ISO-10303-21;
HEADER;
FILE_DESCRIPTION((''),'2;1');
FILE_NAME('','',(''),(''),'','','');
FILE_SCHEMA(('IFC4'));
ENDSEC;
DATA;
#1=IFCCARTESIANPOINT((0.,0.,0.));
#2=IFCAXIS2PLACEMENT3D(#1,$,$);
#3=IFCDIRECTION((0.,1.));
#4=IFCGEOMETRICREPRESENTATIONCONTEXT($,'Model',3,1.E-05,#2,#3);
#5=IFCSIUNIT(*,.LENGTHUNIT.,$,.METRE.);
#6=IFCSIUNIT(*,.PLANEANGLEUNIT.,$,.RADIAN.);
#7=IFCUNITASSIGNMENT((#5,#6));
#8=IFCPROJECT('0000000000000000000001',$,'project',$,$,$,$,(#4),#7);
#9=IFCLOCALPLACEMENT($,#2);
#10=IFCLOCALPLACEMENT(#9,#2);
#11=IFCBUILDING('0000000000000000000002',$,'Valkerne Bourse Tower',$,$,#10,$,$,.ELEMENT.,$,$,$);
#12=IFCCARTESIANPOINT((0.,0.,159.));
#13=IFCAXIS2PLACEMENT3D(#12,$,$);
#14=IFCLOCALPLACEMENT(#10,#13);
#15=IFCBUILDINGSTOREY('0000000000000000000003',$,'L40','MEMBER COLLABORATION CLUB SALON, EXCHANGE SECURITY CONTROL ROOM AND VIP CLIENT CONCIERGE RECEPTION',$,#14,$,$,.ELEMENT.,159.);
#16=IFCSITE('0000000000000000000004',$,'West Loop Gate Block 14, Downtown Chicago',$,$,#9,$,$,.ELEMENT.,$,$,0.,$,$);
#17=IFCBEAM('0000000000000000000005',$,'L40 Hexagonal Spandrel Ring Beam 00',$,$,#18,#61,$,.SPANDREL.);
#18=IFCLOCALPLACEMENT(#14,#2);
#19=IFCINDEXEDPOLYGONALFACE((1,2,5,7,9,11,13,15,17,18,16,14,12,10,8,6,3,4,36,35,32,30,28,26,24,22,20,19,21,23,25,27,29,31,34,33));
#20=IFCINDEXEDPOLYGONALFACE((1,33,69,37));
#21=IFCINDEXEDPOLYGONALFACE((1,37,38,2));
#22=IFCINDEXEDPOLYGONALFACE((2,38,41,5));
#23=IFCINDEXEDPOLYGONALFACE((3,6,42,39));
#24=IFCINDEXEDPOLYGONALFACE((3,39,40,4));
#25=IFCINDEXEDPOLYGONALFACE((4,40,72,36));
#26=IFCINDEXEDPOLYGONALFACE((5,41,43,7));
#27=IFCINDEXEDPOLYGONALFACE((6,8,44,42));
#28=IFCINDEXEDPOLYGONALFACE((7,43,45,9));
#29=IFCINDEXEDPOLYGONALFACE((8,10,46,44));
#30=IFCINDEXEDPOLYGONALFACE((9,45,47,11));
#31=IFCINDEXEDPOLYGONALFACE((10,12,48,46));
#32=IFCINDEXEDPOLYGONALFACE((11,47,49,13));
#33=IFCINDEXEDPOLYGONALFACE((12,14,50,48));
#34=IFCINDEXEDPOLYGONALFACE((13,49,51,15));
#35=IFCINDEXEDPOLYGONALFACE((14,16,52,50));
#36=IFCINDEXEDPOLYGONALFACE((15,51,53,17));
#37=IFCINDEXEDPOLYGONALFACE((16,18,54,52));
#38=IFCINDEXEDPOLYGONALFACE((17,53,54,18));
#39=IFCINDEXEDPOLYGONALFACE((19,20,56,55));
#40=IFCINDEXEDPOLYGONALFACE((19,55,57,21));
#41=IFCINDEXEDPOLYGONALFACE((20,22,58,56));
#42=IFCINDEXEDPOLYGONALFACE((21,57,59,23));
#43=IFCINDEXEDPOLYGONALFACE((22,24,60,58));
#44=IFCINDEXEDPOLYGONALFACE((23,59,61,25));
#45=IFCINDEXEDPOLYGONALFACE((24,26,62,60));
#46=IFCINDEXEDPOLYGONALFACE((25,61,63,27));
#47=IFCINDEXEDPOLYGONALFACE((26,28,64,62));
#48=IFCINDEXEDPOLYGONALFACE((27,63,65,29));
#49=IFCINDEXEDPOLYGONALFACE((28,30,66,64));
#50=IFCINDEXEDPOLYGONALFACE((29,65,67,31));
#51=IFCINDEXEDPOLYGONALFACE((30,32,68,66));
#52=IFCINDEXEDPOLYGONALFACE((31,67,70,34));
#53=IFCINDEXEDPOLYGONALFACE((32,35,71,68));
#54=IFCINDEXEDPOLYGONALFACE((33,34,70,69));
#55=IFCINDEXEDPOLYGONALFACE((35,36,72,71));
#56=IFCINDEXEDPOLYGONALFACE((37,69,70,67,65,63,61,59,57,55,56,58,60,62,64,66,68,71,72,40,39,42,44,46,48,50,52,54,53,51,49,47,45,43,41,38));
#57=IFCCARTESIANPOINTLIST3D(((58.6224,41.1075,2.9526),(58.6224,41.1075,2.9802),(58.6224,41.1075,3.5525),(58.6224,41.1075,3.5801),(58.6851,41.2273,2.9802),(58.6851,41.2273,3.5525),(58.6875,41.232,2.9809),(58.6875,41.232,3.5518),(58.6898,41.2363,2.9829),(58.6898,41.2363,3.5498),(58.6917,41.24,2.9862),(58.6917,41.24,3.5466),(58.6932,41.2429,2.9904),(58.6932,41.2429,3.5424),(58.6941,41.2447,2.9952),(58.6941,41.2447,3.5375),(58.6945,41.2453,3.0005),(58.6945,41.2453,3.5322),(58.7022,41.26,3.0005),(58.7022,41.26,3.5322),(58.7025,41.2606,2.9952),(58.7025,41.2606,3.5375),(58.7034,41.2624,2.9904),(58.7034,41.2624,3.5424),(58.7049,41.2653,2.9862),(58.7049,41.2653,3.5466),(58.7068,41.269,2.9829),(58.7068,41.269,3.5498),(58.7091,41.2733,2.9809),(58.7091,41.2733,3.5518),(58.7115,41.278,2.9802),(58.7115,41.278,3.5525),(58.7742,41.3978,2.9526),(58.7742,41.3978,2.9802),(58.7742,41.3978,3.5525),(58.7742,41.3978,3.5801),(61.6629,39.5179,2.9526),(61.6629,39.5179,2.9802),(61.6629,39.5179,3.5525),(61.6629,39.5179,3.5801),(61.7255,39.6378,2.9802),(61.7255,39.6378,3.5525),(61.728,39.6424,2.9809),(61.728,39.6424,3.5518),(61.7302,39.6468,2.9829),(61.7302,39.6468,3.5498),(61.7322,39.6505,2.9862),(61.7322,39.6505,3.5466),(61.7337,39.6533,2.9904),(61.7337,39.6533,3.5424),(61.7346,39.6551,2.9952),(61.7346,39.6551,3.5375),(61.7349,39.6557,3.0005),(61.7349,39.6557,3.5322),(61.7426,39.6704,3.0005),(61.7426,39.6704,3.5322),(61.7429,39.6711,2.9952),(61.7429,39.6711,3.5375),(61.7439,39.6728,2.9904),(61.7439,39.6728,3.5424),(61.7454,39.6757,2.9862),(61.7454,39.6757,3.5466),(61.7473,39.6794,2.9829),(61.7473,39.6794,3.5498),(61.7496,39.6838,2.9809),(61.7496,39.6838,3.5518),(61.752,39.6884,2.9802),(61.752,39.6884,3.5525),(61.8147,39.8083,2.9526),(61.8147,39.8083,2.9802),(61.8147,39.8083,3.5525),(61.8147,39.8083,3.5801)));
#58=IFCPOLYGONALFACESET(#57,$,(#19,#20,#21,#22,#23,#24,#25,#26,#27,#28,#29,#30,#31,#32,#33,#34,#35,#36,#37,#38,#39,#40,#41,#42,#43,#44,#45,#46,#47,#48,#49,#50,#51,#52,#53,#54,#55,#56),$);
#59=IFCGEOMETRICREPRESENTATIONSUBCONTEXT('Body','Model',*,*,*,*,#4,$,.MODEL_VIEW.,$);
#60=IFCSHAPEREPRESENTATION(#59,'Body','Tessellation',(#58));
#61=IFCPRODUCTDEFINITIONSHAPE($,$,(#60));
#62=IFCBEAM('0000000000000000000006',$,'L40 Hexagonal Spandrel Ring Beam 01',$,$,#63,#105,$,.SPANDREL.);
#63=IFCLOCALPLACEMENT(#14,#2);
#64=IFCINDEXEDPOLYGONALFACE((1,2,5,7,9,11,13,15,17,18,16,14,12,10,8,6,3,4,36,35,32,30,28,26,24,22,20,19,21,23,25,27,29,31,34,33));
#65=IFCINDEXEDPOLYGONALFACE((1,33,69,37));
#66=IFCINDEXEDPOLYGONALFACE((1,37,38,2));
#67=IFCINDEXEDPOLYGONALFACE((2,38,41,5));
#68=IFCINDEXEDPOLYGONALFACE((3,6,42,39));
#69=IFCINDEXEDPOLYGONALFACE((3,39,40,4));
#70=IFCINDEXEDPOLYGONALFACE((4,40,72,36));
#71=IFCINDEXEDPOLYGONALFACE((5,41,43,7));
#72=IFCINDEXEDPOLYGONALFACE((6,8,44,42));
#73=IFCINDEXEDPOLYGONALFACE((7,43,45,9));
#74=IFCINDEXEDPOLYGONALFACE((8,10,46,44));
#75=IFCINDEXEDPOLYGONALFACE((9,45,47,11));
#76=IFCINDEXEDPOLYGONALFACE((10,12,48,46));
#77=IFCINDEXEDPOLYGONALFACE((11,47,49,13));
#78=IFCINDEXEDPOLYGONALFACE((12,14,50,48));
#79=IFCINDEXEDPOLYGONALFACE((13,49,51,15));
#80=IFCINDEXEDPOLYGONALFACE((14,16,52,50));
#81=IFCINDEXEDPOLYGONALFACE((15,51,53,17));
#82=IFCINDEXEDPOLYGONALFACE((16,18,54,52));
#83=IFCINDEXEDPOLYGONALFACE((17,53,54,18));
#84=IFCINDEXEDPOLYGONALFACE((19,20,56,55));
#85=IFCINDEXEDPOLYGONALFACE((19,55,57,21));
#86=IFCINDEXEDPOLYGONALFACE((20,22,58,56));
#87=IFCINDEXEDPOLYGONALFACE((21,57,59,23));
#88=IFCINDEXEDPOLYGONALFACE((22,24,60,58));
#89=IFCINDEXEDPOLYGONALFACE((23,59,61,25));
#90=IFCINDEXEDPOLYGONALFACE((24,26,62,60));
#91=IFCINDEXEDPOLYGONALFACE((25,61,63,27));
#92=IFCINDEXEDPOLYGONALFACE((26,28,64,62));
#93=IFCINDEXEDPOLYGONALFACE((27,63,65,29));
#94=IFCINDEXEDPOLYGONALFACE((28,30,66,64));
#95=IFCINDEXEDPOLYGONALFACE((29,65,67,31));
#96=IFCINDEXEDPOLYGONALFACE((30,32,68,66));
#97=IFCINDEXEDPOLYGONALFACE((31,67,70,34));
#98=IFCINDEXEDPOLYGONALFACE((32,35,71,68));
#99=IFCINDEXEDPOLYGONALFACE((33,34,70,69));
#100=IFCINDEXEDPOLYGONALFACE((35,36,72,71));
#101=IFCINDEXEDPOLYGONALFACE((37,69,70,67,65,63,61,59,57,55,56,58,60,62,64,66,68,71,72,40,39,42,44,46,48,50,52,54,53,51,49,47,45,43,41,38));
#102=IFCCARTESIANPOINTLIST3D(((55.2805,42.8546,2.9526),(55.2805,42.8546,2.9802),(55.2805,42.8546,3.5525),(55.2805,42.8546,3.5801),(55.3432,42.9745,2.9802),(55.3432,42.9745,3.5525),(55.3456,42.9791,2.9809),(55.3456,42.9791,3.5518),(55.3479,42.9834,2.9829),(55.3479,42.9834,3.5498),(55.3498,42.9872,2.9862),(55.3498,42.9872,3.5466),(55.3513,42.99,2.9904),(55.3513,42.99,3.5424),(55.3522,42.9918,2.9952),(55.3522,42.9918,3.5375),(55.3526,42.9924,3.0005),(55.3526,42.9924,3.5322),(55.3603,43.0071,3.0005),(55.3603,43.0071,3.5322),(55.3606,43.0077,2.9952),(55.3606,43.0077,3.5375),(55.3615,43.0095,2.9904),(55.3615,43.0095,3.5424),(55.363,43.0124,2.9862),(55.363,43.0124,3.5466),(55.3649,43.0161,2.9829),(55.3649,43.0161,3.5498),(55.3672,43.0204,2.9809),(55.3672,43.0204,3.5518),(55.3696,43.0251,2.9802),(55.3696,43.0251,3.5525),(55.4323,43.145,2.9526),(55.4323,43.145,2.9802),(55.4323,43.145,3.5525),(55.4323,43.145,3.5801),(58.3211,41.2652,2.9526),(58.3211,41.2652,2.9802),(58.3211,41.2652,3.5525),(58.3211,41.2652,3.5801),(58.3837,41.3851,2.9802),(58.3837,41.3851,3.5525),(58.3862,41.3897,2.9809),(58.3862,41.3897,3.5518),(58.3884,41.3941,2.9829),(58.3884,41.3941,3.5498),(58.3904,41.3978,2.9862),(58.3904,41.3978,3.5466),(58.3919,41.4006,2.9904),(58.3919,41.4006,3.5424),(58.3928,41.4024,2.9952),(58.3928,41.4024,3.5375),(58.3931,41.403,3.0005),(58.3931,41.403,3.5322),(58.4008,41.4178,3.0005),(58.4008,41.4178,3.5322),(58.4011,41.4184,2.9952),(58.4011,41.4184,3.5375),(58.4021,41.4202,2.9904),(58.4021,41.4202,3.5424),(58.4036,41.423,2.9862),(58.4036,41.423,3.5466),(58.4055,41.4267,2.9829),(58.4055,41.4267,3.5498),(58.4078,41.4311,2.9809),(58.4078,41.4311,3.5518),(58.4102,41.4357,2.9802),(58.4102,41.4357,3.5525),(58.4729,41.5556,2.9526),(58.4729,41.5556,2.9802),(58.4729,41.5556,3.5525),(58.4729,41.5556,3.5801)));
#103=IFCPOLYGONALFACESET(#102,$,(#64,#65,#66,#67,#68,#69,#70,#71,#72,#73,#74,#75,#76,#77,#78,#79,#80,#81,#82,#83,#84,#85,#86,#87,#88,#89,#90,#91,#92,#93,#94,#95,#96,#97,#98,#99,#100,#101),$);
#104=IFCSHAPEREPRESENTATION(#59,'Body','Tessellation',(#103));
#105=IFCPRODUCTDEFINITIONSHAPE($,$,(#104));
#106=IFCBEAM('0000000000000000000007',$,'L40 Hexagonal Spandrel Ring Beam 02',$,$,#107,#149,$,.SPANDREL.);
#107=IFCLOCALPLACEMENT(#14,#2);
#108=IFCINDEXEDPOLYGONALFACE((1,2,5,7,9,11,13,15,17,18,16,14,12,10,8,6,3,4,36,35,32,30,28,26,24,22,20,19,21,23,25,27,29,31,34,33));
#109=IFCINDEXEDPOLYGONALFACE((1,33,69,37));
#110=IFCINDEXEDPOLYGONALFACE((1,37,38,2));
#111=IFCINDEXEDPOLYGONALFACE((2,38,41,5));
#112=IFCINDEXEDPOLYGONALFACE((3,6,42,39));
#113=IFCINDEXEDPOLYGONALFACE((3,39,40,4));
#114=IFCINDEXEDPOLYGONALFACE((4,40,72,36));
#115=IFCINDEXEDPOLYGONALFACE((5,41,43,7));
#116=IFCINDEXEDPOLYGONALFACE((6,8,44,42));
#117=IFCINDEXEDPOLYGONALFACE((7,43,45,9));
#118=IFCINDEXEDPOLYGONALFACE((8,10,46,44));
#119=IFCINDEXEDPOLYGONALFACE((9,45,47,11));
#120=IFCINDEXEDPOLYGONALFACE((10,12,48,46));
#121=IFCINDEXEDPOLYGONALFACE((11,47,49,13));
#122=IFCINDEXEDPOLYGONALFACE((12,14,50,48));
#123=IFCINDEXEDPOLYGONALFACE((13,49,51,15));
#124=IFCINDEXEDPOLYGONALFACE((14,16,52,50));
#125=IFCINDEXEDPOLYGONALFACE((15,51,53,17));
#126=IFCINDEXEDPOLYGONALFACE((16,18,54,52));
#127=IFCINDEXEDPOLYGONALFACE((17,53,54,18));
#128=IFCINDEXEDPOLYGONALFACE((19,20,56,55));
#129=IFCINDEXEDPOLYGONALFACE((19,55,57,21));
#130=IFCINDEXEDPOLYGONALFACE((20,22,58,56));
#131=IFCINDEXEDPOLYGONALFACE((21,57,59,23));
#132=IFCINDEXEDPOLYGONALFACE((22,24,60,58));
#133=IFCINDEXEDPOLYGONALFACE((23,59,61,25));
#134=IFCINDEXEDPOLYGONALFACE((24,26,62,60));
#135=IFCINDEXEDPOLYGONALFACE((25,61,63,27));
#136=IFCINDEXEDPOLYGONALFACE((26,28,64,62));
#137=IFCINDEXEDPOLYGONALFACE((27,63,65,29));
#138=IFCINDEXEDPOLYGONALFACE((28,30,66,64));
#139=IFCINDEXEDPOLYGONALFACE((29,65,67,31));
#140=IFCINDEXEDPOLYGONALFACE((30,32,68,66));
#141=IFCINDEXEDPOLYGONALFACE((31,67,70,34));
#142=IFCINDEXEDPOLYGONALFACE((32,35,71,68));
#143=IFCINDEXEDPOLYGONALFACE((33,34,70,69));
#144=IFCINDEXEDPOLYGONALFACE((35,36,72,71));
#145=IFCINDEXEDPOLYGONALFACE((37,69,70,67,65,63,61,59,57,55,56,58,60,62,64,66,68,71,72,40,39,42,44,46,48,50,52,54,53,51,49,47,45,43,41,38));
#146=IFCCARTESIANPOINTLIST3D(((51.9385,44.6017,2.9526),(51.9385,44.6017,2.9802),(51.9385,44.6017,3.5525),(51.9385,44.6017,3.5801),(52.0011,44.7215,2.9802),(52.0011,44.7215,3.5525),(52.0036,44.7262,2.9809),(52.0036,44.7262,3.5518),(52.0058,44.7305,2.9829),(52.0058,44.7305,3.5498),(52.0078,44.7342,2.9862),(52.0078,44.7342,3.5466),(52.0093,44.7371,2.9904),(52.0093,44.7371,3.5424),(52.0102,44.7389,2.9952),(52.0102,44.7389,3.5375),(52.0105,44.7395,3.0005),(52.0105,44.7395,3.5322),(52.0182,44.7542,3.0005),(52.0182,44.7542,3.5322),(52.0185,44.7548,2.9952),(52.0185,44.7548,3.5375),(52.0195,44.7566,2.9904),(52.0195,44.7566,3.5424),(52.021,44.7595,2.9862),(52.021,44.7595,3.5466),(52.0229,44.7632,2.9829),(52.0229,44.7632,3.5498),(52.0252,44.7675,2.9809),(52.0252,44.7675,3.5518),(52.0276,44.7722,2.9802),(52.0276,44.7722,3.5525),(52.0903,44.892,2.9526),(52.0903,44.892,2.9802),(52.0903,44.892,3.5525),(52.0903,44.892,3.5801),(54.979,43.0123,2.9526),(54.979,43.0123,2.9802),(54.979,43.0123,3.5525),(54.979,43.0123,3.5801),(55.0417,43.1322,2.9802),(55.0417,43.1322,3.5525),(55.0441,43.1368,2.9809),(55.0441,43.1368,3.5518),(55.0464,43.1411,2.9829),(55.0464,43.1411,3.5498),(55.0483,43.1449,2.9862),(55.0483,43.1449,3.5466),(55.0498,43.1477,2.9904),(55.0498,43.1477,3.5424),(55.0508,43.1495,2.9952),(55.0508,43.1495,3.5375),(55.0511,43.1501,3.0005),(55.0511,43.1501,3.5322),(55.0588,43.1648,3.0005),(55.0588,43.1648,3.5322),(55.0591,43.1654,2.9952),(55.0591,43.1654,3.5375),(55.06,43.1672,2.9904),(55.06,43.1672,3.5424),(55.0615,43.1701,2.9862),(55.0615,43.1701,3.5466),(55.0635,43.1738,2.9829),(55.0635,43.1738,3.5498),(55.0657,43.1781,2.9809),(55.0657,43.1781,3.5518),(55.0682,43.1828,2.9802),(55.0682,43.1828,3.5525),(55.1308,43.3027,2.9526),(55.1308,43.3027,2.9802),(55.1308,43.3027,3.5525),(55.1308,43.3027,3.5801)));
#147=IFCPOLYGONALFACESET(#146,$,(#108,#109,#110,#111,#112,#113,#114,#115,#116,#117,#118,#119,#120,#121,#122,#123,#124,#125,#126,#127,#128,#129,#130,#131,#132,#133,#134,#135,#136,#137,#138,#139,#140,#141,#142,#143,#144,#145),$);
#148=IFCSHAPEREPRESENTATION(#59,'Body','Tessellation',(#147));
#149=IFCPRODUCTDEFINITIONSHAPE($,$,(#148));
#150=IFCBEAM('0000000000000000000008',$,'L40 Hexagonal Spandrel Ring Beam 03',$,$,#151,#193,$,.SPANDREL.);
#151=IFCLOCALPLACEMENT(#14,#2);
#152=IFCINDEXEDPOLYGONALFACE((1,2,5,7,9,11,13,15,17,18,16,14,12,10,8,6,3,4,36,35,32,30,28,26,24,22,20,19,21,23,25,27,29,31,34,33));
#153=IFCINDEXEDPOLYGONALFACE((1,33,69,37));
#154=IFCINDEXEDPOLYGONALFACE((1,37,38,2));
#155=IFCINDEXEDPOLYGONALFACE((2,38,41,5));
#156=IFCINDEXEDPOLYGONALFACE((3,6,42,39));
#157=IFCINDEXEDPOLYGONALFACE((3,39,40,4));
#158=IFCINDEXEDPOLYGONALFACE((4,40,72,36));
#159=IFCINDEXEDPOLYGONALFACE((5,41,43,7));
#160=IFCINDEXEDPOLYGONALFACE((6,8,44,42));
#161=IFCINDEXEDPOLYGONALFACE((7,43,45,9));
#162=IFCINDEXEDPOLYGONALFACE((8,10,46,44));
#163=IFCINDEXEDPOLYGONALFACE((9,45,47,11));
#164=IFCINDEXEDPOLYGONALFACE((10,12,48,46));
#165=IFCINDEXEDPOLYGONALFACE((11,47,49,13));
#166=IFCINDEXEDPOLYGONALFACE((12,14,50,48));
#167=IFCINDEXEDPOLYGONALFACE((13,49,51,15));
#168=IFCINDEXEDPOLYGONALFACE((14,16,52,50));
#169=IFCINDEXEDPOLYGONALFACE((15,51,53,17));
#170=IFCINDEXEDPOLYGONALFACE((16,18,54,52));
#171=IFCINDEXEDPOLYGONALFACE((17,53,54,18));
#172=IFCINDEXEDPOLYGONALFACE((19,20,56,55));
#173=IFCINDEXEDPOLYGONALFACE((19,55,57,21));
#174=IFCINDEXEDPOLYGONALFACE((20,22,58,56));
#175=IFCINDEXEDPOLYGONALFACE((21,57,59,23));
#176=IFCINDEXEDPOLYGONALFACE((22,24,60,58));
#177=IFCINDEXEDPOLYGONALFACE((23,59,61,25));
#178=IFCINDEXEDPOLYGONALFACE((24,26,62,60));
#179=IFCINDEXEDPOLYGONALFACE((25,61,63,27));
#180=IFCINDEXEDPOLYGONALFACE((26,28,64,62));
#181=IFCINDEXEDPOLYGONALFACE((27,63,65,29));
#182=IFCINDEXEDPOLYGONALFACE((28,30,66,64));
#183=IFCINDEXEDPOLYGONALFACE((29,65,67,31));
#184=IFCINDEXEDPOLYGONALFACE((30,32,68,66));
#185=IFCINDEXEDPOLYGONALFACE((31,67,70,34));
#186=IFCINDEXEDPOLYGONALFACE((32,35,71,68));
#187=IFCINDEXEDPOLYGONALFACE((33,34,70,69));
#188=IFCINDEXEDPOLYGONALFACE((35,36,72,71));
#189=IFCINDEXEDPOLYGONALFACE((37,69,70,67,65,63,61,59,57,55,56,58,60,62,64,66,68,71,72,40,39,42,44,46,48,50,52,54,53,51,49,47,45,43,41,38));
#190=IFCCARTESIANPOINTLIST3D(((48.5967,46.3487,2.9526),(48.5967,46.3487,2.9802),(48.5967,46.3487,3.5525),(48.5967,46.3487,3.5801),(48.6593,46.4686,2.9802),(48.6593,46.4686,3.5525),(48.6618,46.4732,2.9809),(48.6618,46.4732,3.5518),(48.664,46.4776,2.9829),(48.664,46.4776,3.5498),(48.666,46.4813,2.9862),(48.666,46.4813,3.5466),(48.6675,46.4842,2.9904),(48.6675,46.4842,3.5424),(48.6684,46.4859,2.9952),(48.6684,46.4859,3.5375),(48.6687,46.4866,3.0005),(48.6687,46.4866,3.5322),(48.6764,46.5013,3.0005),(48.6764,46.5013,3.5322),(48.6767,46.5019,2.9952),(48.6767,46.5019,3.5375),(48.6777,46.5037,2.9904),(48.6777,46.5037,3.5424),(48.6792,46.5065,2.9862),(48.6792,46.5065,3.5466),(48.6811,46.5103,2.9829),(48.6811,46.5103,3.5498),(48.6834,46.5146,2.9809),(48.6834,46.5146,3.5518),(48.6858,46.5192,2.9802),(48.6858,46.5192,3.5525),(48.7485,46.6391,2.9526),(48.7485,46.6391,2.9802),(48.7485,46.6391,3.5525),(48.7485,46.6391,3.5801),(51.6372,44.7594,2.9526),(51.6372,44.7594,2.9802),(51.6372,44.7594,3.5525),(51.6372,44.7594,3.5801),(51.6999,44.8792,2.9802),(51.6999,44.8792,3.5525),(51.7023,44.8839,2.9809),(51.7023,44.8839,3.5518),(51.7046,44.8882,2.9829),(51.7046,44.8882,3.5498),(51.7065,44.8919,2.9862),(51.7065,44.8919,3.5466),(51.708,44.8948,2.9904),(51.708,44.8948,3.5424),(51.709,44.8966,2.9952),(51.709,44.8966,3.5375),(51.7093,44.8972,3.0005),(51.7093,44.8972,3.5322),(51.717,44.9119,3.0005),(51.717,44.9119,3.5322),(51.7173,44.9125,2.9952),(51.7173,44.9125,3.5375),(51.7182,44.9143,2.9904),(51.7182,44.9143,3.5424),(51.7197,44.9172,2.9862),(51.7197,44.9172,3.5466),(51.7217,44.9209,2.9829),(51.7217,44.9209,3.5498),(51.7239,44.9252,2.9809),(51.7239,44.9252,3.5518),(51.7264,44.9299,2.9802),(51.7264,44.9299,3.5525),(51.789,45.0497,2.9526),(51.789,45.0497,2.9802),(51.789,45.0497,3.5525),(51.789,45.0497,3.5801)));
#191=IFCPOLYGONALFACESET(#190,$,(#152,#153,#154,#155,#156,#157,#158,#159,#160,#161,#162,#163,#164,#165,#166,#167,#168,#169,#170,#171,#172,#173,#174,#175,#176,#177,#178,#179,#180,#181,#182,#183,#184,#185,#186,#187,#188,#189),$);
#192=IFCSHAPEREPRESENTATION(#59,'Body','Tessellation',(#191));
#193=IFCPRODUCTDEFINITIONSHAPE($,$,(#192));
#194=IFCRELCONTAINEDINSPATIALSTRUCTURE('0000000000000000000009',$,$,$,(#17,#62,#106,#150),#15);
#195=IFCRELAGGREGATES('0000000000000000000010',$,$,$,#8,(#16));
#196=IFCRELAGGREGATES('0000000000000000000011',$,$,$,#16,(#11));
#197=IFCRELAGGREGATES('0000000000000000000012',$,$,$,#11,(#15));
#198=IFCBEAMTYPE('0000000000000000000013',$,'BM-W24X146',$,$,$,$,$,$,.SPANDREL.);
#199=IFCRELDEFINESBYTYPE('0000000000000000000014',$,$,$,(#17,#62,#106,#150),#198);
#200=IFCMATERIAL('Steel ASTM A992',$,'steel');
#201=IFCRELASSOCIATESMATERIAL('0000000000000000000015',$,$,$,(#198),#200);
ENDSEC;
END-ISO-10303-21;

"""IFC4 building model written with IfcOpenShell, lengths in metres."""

from ifc_helpers import new_model, si_unit, direction, frame, origin, origin_2d, place, context, subcontext, project, spatial, i_section, extrude, material, material_profile, profile_set, type_object, element, save


model = new_model("IFC4")

# Units and contexts
model_context = context("Model", 3, precision=1e-05, world=origin(), true_north=direction((0.0, 1.0)))
body_context = subcontext(model_context, "Body", "Model", "MODEL_VIEW")
ifc_project = project(units=[si_unit("LENGTHUNIT", "METRE"), si_unit("PLANEANGLEUNIT", "RADIAN")], contexts=[model_context])

# Site, building, storey
site_placement = place(None, origin())
site = spatial("IfcSite", under=ifc_project, at=site_placement, Name="West Loop Gate Block 14, Downtown Chicago", CompositionType="ELEMENT", RefElevation=0.0)
building_placement = place(site_placement, origin())
building = spatial("IfcBuilding", under=site, at=building_placement, Name="Valkerne Bourse Tower", CompositionType="ELEMENT")
storey_placement = place(building_placement, frame((0.0, 0.0, 159.0)))
storey = spatial("IfcBuildingStorey", under=building, at=storey_placement, Name="L40", Description="MEMBER COLLABORATION CLUB SALON, EXCHANGE SECURITY CONTROL ROOM AND VIP CLIENT CONCIERGE RECEPTION", CompositionType="ELEMENT", Elevation=159.0)

# Beams
ifc_material_1 = material(Name="Steel ASTM A992", Category="steel")
ifc_material_profile_1 = material_profile(ifc_material_1, i_section(OverallWidth=0.3276, OverallDepth=0.6274, WebThickness=0.0166, FlangeThickness=0.0276, FilletRadius=0.0203, at=origin_2d()), Name="W24X146")
ifc_profile_set_1 = profile_set([ifc_material_profile_1], Name="Steel ASTM A992")
beam_type = type_object("IfcBeamType", Name="BM-W24X146", PredefinedType="SPANDREL", material=ifc_profile_set_1)
for number, where, z_axis, x_axis, name in (
    (1, (61.7388, 39.6631, 3.2664), (-0.886198, 0.463308, 0.0), (-0.463308, -0.886198, 0.0), "L40 Hexagonal Spandrel Ring Beam 00"),
    (2, (58.397, 41.4104, 3.2664), (-0.886227, 0.463252, 0.0), (-0.463252, -0.886227, 0.0), "L40 Hexagonal Spandrel Ring Beam 01"),
    (3, (55.0549, 43.1575, 3.2664), (-0.886227, 0.463252, 0.0), (-0.463252, -0.886227, 0.0), "L40 Hexagonal Spandrel Ring Beam 02"),
    (4, (51.7131, 44.9045, 3.2664), (-0.886227, 0.463252, 0.0), (-0.463252, -0.886227, 0.0), "L40 Hexagonal Spandrel Ring Beam 03"),
):
    element("IfcBeam", number, at=place(storey_placement, frame(where, z_axis=z_axis, x_axis=x_axis)), inside=storey, type_object=beam_type, Name=name, PredefinedType="SPANDREL", context=body_context, shape_type="SweptSolid", body=[
        extrude(i_section(OverallWidth=0.3276, OverallDepth=0.6274, WebThickness=0.0166, FlangeThickness=0.0276, FilletRadius=0.0203, at=origin_2d()), origin(), (0.0, 0.0, 1.0), 3.4309),
    ])

save(model, "model.ifc")
